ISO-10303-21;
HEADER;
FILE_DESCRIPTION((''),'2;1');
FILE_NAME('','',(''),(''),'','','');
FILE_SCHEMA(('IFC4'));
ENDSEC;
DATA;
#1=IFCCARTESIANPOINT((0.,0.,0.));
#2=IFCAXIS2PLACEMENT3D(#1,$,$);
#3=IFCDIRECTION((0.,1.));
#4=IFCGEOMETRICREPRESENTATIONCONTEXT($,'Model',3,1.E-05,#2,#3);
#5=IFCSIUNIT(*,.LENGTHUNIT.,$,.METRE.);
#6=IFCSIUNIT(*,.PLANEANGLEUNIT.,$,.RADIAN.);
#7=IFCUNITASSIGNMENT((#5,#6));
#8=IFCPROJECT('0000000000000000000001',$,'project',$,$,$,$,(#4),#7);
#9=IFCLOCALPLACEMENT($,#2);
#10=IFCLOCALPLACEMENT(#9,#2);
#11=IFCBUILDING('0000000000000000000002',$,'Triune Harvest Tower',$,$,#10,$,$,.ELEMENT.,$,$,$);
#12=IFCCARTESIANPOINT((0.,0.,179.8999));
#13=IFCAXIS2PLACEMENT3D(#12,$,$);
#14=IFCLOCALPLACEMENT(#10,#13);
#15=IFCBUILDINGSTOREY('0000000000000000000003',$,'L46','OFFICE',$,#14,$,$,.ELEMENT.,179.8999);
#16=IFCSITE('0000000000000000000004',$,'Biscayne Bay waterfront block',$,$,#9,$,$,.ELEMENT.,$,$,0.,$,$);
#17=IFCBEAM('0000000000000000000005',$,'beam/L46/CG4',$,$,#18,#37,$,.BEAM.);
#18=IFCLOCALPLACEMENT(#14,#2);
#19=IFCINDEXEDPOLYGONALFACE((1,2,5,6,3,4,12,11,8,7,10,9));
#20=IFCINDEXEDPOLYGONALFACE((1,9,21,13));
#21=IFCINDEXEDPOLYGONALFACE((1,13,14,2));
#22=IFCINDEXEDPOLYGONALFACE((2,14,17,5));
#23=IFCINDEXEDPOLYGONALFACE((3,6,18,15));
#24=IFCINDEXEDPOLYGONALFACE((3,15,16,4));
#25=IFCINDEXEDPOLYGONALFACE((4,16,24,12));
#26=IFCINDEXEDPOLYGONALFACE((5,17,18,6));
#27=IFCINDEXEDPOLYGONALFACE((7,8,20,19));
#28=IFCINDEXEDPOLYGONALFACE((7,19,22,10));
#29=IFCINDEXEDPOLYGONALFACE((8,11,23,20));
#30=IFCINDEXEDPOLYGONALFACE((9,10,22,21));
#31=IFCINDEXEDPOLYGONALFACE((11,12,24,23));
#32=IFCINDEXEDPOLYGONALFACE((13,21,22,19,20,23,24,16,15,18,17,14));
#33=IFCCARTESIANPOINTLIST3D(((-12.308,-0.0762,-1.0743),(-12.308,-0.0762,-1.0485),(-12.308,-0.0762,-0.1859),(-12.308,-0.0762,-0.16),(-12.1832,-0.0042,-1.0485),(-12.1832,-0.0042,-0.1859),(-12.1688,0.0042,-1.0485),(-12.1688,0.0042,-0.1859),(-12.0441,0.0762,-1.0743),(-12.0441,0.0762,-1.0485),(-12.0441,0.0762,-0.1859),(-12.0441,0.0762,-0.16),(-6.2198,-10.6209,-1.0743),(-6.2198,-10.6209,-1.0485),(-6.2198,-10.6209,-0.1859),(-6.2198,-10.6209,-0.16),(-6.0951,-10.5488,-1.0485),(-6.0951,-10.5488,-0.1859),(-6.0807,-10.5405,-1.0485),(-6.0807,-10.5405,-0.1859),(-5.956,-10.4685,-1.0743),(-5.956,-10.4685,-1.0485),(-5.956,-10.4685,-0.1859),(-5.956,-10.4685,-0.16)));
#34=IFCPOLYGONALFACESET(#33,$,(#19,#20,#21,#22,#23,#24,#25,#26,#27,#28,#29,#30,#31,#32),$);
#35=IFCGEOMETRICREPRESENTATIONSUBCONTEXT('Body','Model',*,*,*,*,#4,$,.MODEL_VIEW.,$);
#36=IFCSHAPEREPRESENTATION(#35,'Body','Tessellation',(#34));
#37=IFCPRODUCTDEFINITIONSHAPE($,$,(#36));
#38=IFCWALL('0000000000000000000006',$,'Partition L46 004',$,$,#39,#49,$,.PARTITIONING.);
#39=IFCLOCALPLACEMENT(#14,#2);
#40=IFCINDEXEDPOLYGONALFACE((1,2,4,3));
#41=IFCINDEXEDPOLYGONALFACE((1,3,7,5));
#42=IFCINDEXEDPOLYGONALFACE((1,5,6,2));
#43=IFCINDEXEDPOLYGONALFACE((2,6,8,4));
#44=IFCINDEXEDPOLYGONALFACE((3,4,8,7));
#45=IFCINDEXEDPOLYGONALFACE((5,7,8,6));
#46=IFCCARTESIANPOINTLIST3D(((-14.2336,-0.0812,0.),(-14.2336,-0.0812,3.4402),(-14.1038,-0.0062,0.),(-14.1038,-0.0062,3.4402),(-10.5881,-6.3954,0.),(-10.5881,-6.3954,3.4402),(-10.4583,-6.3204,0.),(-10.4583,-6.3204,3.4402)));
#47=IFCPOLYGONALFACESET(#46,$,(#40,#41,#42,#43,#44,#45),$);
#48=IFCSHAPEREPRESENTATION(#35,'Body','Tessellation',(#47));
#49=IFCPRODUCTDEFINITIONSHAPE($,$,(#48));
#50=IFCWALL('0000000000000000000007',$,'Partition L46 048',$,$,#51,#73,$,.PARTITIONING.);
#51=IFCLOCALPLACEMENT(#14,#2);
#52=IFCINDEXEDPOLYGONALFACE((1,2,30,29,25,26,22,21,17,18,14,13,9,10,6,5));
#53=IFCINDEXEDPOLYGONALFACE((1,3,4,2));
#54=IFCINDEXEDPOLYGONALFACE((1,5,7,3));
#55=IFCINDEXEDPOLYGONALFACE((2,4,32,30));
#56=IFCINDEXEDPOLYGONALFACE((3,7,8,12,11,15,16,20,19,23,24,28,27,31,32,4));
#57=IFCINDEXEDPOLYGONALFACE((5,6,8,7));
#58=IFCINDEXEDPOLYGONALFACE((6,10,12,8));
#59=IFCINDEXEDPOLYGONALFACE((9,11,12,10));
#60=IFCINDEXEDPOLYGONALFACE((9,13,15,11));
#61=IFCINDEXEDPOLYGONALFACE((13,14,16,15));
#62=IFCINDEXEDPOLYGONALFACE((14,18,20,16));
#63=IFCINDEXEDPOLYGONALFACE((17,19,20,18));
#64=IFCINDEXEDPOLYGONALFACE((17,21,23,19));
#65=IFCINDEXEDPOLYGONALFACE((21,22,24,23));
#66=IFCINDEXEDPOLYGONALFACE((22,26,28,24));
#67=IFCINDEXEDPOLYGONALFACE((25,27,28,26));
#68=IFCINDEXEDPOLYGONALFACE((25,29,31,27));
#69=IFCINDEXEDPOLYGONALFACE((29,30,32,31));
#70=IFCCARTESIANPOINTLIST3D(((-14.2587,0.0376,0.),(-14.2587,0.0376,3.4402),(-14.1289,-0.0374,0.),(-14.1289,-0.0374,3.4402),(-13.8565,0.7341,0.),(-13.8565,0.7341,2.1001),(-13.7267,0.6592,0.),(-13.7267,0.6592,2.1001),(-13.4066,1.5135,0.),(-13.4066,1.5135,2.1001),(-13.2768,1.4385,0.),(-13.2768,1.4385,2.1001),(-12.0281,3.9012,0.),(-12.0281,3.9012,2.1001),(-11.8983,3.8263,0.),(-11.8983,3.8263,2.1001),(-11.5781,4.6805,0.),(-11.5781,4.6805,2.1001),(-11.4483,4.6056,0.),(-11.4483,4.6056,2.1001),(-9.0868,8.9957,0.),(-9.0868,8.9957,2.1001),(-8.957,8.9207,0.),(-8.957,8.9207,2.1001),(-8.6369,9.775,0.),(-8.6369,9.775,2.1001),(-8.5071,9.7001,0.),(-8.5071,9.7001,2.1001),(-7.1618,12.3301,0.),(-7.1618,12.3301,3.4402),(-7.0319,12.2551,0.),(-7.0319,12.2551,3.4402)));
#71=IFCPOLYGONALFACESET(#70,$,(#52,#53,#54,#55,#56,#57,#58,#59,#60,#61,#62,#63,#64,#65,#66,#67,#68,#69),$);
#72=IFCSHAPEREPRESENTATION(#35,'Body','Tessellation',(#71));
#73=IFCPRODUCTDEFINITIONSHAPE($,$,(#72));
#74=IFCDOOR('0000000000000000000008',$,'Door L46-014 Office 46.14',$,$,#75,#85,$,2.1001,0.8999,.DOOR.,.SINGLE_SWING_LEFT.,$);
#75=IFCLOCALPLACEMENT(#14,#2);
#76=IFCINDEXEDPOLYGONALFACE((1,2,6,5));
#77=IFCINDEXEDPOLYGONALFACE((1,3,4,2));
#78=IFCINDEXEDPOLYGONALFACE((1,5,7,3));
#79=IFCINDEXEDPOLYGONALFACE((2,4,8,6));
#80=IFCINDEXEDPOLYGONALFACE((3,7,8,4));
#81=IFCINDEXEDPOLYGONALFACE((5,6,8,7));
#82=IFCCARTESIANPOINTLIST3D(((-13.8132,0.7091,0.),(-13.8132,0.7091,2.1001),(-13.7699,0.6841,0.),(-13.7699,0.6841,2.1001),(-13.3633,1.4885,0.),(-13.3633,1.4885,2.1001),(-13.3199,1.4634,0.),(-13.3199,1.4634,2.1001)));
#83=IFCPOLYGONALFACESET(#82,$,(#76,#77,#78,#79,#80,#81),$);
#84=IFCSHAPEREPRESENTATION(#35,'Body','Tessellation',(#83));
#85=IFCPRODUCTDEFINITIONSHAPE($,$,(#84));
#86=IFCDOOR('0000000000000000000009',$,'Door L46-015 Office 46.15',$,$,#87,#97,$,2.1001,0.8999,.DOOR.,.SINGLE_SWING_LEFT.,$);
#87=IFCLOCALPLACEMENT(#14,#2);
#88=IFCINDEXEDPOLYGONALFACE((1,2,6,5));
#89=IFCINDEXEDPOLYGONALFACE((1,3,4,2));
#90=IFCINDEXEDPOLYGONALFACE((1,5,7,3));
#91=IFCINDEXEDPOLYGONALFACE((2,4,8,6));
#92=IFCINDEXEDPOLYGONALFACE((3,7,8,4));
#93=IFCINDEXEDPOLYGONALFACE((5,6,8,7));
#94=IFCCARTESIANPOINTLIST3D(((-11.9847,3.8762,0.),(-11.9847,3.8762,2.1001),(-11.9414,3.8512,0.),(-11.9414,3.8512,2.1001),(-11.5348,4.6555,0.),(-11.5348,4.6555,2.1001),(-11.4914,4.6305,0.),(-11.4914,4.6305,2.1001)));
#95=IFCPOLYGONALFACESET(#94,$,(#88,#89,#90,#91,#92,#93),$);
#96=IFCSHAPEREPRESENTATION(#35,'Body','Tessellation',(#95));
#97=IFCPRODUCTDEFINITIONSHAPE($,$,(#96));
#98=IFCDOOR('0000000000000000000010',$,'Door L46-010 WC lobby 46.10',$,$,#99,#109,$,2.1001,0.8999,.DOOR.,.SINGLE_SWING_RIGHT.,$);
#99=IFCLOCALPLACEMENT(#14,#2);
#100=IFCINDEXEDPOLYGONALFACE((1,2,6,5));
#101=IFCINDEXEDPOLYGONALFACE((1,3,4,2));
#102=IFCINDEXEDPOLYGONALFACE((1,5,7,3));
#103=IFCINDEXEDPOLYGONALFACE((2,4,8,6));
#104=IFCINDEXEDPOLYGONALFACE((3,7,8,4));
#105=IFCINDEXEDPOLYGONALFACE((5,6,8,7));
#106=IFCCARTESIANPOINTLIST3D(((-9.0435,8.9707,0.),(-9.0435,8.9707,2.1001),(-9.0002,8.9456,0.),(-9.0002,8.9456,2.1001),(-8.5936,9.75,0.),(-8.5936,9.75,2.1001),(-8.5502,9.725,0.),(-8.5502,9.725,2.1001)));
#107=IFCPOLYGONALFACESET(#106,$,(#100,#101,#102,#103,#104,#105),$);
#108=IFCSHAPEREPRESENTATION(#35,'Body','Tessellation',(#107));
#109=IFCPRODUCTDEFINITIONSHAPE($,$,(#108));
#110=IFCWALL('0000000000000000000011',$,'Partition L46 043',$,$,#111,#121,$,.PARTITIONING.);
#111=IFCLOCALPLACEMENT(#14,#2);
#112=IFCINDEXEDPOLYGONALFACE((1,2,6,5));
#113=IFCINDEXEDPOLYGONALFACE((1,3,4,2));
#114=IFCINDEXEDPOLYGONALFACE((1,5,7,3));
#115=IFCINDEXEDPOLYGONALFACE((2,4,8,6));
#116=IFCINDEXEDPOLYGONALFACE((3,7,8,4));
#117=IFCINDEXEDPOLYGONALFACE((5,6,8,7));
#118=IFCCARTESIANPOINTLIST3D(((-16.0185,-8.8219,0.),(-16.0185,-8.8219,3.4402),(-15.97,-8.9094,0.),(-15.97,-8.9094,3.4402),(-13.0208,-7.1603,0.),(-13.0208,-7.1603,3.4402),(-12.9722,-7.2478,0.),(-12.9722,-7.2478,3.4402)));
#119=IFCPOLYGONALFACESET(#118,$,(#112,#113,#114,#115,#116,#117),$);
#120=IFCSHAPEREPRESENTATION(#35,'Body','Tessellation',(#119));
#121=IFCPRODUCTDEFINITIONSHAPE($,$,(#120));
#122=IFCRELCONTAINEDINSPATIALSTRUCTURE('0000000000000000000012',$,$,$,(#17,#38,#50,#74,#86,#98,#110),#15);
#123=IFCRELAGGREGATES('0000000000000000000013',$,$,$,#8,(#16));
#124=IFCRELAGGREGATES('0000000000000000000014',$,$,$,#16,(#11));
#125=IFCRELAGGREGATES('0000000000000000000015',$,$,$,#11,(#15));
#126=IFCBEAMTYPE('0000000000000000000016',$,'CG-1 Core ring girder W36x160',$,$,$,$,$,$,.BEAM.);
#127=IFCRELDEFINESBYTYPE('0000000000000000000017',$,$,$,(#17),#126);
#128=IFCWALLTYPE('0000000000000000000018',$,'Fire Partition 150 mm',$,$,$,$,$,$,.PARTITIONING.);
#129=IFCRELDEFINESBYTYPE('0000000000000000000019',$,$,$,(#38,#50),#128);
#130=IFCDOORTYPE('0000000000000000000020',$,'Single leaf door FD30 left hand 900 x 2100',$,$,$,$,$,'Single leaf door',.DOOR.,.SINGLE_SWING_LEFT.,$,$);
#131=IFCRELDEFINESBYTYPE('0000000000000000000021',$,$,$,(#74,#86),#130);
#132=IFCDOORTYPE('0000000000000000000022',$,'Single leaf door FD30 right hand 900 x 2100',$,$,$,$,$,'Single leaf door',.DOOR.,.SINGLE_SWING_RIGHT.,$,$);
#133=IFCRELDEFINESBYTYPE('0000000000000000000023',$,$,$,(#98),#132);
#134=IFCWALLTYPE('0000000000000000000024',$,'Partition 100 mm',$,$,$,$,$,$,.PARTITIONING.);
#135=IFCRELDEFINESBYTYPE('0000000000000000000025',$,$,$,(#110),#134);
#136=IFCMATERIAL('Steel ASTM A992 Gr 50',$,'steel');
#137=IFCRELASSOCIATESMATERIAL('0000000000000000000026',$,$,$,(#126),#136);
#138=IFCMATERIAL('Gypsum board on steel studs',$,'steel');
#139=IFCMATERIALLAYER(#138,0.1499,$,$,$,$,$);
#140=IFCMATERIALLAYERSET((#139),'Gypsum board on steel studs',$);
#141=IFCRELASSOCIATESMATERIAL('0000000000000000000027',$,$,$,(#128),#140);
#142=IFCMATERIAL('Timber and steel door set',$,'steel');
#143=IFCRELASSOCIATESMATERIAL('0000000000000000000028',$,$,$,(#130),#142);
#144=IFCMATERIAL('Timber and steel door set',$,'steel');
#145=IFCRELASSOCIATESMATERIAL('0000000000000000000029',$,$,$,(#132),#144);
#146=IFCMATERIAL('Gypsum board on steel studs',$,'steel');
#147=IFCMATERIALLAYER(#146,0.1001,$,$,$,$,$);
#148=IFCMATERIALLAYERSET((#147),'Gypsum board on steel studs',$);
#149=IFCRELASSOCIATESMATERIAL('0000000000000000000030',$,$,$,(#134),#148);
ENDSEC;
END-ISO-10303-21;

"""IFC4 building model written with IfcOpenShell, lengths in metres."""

from ifc_helpers import new_model, si_unit, direction, frame, frame_2d, origin, origin_2d, place, context, subcontext, project, spatial, rectangle, i_section, extrude, source, transform, mapped, material, layer, layer_set, material_profile, profile_set, type_object, element, fill, save


model = new_model("IFC4")

# Units and contexts
model_context = context("Model", 3, precision=1e-05, world=origin(), true_north=direction((0.0, 1.0)))
body_context = subcontext(model_context, "Body", "Model", "MODEL_VIEW")
ifc_project = project(units=[si_unit("LENGTHUNIT", "METRE"), si_unit("PLANEANGLEUNIT", "RADIAN")], contexts=[model_context])

# Site, building, storey
site_placement = place(None, origin())
site = spatial("IfcSite", under=ifc_project, at=site_placement, Name="Biscayne Bay waterfront block", CompositionType="ELEMENT", RefElevation=0.0)
building_placement = place(site_placement, origin())
building = spatial("IfcBuilding", under=site, at=building_placement, Name="Triune Harvest Tower", CompositionType="ELEMENT")
storey_placement = place(building_placement, frame((0.0, 0.0, 179.8999)))
storey = spatial("IfcBuildingStorey", under=building, at=storey_placement, Name="L46", Description="OFFICE", CompositionType="ELEMENT", Elevation=179.8999)

# Beam
ifc_material_1 = material(Name="Steel ASTM A992 Gr 50", Category="steel")
ifc_material_profile = material_profile(ifc_material_1, i_section(OverallWidth=0.3047, OverallDepth=0.9143, WebThickness=0.0166, FlangeThickness=0.0259, at=origin_2d()), Name="W36x160")
ifc_profile_set = profile_set([ifc_material_profile], Name="Steel ASTM A992 Gr 50")
beam_type = type_object("IfcBeamType", Name="CG-1 Core ring girder W36x160", PredefinedType="BEAM", material=ifc_profile_set)
shared_shape_1 = source(origin(), body_context, "Body", "SweptSolid", [
    extrude(i_section(OverallWidth=0.3047, OverallDepth=0.9143, WebThickness=0.0166, FlangeThickness=0.0259, at=origin_2d()), origin(), (0.0, 0.0, 1.0), 12.176),
])
beam_placement = place(storey_placement, frame((-12.176, 0.0, -0.6172), z_axis=(0.50001, -0.86602, 0.0), x_axis=(0.86602, 0.50001, 0.0)))
element("IfcBeam", 1, at=beam_placement, inside=storey, type_object=beam_type, Name="beam/L46/CG4", PredefinedType="BEAM", context=body_context, shape_type="MappedRepresentation", body=[
    mapped(shared_shape_1, transform((0.0, 0.0, 0.0), scale=1.0)),
])

# Wall
ifc_material_2 = material(Name="Gypsum board on steel studs", Category="steel")
ifc_layer_1 = layer(ifc_material_2, 0.1499)
ifc_layer_set_1 = layer_set([ifc_layer_1], Name="Gypsum board on steel studs")
wall_type_1 = type_object("IfcWallType", Name="Fire Partition 150 mm", PredefinedType="PARTITIONING", material=ifc_layer_set_1)
wall_1_placement = place(storey_placement, frame((-14.1687, -0.0437, 0.0), z_axis=(0.0, 0.0, 1.0), x_axis=(0.5, -0.866026, 0.0)))
element("IfcWall", 2, at=wall_1_placement, inside=storey, type_object=wall_type_1, Name="Partition L46 004", PredefinedType="PARTITIONING", context=body_context, shape_type="SweptSolid", body=[
    extrude(rectangle(XDim=7.291, YDim=0.1499, at=frame_2d((3.6455, 0.0))), origin(), (0.0, 0.0, 1.0), 3.4402),
])

# Wall, openings, doors
wall_2_placement = place(storey_placement, frame((-14.1938, 0.0, 0.0), z_axis=(0.0, 0.0, 1.0), x_axis=(0.499992, 0.86603, 0.0)))
wall_2 = element("IfcWall", 3, at=wall_2_placement, inside=storey, type_object=wall_type_1, Name="Partition L46 048", PredefinedType="PARTITIONING", context=body_context, shape_type="SweptSolid", body=[
    extrude(rectangle(XDim=14.1941, YDim=0.1499, at=frame_2d((7.0972, 0.0))), origin(), (0.0, 0.0, 1.0), 3.4402),
])
opening_1_placement = place(wall_2_placement, frame((10.344, 0.0, 0.0)))
opening_1 = element("IfcOpeningElement", 4, at=opening_1_placement, cuts=wall_2, PredefinedType="OPENING", context=body_context, shape_type="SweptSolid", body=[
    extrude(rectangle(XDim=0.8999, YDim=2.1001, at=frame_2d((0.45, 1.05))), frame((0.0, 0.085, 0.0), z_axis=(0.0, -1.0, 0.0), x_axis=(1.0, 0.0, 0.0)), (0.0, 0.0, 1.0), 0.1699),
])
opening_2_placement = place(wall_2_placement, frame((0.8044, 0.0, 0.0)))
opening_2 = element("IfcOpeningElement", 5, at=opening_2_placement, cuts=wall_2, PredefinedType="OPENING", context=body_context, shape_type="SweptSolid", body=[
    extrude(rectangle(XDim=0.8999, YDim=2.1001, at=frame_2d((0.45, 1.05))), frame((0.0, 0.085, 0.0), z_axis=(0.0, -1.0, 0.0), x_axis=(1.0, 0.0, 0.0)), (0.0, 0.0, 1.0), 0.1699),
])
opening_3_placement = place(wall_2_placement, frame((4.4614, 0.0, 0.0)))
opening_3 = element("IfcOpeningElement", 6, at=opening_3_placement, cuts=wall_2, PredefinedType="OPENING", context=body_context, shape_type="SweptSolid", body=[
    extrude(rectangle(XDim=0.8999, YDim=2.1001, at=frame_2d((0.45, 1.05))), frame((0.0, 0.085, 0.0), z_axis=(0.0, -1.0, 0.0), x_axis=(1.0, 0.0, 0.0)), (0.0, 0.0, 1.0), 0.1699),
])
ifc_material_3 = material(Name="Timber and steel door set", Category="steel")
door_type_1 = type_object("IfcDoorType", Name="Single leaf door FD30 left hand 900 x 2100", ElementType="Single leaf door", OperationType="SINGLE_SWING_LEFT", PredefinedType="DOOR", material=ifc_material_3)
door_1_placement = place(opening_2_placement, origin())
door_1 = element("IfcDoor", 7, at=door_1_placement, inside=storey, type_object=door_type_1, Name="Door L46-014 Office 46.14", OperationType="SINGLE_SWING_LEFT", OverallHeight=2.1001, OverallWidth=0.8999, PredefinedType="DOOR", context=body_context, shape_type="SweptSolid", body=[
    extrude(rectangle(XDim=0.8999, YDim=2.1001, at=frame_2d((0.45, 1.05))), frame((0.0, 0.0249, 0.0), z_axis=(0.0, -1.0, 0.0), x_axis=(1.0, 0.0, 0.0)), (0.0, 0.0, 1.0), 0.05),
])
fill(opening_2, door_1)
door_2_placement = place(opening_3_placement, origin())
door_2 = element("IfcDoor", 8, at=door_2_placement, inside=storey, type_object=door_type_1, Name="Door L46-015 Office 46.15", OperationType="SINGLE_SWING_LEFT", OverallHeight=2.1001, OverallWidth=0.8999, PredefinedType="DOOR", context=body_context, shape_type="SweptSolid", body=[
    extrude(rectangle(XDim=0.8999, YDim=2.1001, at=frame_2d((0.45, 1.05))), frame((0.0, 0.0249, 0.0), z_axis=(0.0, -1.0, 0.0), x_axis=(1.0, 0.0, 0.0)), (0.0, 0.0, 1.0), 0.05),
])
fill(opening_3, door_2)
ifc_material_4 = material(Name="Timber and steel door set", Category="steel")
door_type_2 = type_object("IfcDoorType", Name="Single leaf door FD30 right hand 900 x 2100", ElementType="Single leaf door", OperationType="SINGLE_SWING_RIGHT", PredefinedType="DOOR", material=ifc_material_4)
door_3_placement = place(opening_1_placement, origin())
door_3 = element("IfcDoor", 9, at=door_3_placement, inside=storey, type_object=door_type_2, Name="Door L46-010 WC lobby 46.10", OperationType="SINGLE_SWING_RIGHT", OverallHeight=2.1001, OverallWidth=0.8999, PredefinedType="DOOR", context=body_context, shape_type="SweptSolid", body=[
    extrude(rectangle(XDim=0.8999, YDim=2.1001, at=frame_2d((0.45, 1.05))), frame((0.0, 0.0249, 0.0), z_axis=(0.0, -1.0, 0.0), x_axis=(1.0, 0.0, 0.0)), (0.0, 0.0, 1.0), 0.05),
])
fill(opening_1, door_3)

# Wall
ifc_material_5 = material(Name="Gypsum board on steel studs", Category="steel")
ifc_layer_2 = layer(ifc_material_5, 0.1001)
ifc_layer_set_2 = layer_set([ifc_layer_2], Name="Gypsum board on steel studs")
wall_type_2 = type_object("IfcWallType", Name="Partition 100 mm", PredefinedType="PARTITIONING", material=ifc_layer_set_2)
wall_3_placement = place(storey_placement, frame((-15.9944, -8.8657, 0.0), z_axis=(0.0, 0.0, 1.0), x_axis=(0.874631, 0.48479, 0.0)))
element("IfcWall", 10, at=wall_3_placement, inside=storey, type_object=wall_type_2, Name="Partition L46 043", PredefinedType="PARTITIONING", context=body_context, shape_type="SweptSolid", body=[
    extrude(rectangle(XDim=3.4275, YDim=0.1001, at=frame_2d((1.7139, 0.0))), origin(), (0.0, 0.0, 1.0), 3.4402),
])

save(model, "model.ifc")
